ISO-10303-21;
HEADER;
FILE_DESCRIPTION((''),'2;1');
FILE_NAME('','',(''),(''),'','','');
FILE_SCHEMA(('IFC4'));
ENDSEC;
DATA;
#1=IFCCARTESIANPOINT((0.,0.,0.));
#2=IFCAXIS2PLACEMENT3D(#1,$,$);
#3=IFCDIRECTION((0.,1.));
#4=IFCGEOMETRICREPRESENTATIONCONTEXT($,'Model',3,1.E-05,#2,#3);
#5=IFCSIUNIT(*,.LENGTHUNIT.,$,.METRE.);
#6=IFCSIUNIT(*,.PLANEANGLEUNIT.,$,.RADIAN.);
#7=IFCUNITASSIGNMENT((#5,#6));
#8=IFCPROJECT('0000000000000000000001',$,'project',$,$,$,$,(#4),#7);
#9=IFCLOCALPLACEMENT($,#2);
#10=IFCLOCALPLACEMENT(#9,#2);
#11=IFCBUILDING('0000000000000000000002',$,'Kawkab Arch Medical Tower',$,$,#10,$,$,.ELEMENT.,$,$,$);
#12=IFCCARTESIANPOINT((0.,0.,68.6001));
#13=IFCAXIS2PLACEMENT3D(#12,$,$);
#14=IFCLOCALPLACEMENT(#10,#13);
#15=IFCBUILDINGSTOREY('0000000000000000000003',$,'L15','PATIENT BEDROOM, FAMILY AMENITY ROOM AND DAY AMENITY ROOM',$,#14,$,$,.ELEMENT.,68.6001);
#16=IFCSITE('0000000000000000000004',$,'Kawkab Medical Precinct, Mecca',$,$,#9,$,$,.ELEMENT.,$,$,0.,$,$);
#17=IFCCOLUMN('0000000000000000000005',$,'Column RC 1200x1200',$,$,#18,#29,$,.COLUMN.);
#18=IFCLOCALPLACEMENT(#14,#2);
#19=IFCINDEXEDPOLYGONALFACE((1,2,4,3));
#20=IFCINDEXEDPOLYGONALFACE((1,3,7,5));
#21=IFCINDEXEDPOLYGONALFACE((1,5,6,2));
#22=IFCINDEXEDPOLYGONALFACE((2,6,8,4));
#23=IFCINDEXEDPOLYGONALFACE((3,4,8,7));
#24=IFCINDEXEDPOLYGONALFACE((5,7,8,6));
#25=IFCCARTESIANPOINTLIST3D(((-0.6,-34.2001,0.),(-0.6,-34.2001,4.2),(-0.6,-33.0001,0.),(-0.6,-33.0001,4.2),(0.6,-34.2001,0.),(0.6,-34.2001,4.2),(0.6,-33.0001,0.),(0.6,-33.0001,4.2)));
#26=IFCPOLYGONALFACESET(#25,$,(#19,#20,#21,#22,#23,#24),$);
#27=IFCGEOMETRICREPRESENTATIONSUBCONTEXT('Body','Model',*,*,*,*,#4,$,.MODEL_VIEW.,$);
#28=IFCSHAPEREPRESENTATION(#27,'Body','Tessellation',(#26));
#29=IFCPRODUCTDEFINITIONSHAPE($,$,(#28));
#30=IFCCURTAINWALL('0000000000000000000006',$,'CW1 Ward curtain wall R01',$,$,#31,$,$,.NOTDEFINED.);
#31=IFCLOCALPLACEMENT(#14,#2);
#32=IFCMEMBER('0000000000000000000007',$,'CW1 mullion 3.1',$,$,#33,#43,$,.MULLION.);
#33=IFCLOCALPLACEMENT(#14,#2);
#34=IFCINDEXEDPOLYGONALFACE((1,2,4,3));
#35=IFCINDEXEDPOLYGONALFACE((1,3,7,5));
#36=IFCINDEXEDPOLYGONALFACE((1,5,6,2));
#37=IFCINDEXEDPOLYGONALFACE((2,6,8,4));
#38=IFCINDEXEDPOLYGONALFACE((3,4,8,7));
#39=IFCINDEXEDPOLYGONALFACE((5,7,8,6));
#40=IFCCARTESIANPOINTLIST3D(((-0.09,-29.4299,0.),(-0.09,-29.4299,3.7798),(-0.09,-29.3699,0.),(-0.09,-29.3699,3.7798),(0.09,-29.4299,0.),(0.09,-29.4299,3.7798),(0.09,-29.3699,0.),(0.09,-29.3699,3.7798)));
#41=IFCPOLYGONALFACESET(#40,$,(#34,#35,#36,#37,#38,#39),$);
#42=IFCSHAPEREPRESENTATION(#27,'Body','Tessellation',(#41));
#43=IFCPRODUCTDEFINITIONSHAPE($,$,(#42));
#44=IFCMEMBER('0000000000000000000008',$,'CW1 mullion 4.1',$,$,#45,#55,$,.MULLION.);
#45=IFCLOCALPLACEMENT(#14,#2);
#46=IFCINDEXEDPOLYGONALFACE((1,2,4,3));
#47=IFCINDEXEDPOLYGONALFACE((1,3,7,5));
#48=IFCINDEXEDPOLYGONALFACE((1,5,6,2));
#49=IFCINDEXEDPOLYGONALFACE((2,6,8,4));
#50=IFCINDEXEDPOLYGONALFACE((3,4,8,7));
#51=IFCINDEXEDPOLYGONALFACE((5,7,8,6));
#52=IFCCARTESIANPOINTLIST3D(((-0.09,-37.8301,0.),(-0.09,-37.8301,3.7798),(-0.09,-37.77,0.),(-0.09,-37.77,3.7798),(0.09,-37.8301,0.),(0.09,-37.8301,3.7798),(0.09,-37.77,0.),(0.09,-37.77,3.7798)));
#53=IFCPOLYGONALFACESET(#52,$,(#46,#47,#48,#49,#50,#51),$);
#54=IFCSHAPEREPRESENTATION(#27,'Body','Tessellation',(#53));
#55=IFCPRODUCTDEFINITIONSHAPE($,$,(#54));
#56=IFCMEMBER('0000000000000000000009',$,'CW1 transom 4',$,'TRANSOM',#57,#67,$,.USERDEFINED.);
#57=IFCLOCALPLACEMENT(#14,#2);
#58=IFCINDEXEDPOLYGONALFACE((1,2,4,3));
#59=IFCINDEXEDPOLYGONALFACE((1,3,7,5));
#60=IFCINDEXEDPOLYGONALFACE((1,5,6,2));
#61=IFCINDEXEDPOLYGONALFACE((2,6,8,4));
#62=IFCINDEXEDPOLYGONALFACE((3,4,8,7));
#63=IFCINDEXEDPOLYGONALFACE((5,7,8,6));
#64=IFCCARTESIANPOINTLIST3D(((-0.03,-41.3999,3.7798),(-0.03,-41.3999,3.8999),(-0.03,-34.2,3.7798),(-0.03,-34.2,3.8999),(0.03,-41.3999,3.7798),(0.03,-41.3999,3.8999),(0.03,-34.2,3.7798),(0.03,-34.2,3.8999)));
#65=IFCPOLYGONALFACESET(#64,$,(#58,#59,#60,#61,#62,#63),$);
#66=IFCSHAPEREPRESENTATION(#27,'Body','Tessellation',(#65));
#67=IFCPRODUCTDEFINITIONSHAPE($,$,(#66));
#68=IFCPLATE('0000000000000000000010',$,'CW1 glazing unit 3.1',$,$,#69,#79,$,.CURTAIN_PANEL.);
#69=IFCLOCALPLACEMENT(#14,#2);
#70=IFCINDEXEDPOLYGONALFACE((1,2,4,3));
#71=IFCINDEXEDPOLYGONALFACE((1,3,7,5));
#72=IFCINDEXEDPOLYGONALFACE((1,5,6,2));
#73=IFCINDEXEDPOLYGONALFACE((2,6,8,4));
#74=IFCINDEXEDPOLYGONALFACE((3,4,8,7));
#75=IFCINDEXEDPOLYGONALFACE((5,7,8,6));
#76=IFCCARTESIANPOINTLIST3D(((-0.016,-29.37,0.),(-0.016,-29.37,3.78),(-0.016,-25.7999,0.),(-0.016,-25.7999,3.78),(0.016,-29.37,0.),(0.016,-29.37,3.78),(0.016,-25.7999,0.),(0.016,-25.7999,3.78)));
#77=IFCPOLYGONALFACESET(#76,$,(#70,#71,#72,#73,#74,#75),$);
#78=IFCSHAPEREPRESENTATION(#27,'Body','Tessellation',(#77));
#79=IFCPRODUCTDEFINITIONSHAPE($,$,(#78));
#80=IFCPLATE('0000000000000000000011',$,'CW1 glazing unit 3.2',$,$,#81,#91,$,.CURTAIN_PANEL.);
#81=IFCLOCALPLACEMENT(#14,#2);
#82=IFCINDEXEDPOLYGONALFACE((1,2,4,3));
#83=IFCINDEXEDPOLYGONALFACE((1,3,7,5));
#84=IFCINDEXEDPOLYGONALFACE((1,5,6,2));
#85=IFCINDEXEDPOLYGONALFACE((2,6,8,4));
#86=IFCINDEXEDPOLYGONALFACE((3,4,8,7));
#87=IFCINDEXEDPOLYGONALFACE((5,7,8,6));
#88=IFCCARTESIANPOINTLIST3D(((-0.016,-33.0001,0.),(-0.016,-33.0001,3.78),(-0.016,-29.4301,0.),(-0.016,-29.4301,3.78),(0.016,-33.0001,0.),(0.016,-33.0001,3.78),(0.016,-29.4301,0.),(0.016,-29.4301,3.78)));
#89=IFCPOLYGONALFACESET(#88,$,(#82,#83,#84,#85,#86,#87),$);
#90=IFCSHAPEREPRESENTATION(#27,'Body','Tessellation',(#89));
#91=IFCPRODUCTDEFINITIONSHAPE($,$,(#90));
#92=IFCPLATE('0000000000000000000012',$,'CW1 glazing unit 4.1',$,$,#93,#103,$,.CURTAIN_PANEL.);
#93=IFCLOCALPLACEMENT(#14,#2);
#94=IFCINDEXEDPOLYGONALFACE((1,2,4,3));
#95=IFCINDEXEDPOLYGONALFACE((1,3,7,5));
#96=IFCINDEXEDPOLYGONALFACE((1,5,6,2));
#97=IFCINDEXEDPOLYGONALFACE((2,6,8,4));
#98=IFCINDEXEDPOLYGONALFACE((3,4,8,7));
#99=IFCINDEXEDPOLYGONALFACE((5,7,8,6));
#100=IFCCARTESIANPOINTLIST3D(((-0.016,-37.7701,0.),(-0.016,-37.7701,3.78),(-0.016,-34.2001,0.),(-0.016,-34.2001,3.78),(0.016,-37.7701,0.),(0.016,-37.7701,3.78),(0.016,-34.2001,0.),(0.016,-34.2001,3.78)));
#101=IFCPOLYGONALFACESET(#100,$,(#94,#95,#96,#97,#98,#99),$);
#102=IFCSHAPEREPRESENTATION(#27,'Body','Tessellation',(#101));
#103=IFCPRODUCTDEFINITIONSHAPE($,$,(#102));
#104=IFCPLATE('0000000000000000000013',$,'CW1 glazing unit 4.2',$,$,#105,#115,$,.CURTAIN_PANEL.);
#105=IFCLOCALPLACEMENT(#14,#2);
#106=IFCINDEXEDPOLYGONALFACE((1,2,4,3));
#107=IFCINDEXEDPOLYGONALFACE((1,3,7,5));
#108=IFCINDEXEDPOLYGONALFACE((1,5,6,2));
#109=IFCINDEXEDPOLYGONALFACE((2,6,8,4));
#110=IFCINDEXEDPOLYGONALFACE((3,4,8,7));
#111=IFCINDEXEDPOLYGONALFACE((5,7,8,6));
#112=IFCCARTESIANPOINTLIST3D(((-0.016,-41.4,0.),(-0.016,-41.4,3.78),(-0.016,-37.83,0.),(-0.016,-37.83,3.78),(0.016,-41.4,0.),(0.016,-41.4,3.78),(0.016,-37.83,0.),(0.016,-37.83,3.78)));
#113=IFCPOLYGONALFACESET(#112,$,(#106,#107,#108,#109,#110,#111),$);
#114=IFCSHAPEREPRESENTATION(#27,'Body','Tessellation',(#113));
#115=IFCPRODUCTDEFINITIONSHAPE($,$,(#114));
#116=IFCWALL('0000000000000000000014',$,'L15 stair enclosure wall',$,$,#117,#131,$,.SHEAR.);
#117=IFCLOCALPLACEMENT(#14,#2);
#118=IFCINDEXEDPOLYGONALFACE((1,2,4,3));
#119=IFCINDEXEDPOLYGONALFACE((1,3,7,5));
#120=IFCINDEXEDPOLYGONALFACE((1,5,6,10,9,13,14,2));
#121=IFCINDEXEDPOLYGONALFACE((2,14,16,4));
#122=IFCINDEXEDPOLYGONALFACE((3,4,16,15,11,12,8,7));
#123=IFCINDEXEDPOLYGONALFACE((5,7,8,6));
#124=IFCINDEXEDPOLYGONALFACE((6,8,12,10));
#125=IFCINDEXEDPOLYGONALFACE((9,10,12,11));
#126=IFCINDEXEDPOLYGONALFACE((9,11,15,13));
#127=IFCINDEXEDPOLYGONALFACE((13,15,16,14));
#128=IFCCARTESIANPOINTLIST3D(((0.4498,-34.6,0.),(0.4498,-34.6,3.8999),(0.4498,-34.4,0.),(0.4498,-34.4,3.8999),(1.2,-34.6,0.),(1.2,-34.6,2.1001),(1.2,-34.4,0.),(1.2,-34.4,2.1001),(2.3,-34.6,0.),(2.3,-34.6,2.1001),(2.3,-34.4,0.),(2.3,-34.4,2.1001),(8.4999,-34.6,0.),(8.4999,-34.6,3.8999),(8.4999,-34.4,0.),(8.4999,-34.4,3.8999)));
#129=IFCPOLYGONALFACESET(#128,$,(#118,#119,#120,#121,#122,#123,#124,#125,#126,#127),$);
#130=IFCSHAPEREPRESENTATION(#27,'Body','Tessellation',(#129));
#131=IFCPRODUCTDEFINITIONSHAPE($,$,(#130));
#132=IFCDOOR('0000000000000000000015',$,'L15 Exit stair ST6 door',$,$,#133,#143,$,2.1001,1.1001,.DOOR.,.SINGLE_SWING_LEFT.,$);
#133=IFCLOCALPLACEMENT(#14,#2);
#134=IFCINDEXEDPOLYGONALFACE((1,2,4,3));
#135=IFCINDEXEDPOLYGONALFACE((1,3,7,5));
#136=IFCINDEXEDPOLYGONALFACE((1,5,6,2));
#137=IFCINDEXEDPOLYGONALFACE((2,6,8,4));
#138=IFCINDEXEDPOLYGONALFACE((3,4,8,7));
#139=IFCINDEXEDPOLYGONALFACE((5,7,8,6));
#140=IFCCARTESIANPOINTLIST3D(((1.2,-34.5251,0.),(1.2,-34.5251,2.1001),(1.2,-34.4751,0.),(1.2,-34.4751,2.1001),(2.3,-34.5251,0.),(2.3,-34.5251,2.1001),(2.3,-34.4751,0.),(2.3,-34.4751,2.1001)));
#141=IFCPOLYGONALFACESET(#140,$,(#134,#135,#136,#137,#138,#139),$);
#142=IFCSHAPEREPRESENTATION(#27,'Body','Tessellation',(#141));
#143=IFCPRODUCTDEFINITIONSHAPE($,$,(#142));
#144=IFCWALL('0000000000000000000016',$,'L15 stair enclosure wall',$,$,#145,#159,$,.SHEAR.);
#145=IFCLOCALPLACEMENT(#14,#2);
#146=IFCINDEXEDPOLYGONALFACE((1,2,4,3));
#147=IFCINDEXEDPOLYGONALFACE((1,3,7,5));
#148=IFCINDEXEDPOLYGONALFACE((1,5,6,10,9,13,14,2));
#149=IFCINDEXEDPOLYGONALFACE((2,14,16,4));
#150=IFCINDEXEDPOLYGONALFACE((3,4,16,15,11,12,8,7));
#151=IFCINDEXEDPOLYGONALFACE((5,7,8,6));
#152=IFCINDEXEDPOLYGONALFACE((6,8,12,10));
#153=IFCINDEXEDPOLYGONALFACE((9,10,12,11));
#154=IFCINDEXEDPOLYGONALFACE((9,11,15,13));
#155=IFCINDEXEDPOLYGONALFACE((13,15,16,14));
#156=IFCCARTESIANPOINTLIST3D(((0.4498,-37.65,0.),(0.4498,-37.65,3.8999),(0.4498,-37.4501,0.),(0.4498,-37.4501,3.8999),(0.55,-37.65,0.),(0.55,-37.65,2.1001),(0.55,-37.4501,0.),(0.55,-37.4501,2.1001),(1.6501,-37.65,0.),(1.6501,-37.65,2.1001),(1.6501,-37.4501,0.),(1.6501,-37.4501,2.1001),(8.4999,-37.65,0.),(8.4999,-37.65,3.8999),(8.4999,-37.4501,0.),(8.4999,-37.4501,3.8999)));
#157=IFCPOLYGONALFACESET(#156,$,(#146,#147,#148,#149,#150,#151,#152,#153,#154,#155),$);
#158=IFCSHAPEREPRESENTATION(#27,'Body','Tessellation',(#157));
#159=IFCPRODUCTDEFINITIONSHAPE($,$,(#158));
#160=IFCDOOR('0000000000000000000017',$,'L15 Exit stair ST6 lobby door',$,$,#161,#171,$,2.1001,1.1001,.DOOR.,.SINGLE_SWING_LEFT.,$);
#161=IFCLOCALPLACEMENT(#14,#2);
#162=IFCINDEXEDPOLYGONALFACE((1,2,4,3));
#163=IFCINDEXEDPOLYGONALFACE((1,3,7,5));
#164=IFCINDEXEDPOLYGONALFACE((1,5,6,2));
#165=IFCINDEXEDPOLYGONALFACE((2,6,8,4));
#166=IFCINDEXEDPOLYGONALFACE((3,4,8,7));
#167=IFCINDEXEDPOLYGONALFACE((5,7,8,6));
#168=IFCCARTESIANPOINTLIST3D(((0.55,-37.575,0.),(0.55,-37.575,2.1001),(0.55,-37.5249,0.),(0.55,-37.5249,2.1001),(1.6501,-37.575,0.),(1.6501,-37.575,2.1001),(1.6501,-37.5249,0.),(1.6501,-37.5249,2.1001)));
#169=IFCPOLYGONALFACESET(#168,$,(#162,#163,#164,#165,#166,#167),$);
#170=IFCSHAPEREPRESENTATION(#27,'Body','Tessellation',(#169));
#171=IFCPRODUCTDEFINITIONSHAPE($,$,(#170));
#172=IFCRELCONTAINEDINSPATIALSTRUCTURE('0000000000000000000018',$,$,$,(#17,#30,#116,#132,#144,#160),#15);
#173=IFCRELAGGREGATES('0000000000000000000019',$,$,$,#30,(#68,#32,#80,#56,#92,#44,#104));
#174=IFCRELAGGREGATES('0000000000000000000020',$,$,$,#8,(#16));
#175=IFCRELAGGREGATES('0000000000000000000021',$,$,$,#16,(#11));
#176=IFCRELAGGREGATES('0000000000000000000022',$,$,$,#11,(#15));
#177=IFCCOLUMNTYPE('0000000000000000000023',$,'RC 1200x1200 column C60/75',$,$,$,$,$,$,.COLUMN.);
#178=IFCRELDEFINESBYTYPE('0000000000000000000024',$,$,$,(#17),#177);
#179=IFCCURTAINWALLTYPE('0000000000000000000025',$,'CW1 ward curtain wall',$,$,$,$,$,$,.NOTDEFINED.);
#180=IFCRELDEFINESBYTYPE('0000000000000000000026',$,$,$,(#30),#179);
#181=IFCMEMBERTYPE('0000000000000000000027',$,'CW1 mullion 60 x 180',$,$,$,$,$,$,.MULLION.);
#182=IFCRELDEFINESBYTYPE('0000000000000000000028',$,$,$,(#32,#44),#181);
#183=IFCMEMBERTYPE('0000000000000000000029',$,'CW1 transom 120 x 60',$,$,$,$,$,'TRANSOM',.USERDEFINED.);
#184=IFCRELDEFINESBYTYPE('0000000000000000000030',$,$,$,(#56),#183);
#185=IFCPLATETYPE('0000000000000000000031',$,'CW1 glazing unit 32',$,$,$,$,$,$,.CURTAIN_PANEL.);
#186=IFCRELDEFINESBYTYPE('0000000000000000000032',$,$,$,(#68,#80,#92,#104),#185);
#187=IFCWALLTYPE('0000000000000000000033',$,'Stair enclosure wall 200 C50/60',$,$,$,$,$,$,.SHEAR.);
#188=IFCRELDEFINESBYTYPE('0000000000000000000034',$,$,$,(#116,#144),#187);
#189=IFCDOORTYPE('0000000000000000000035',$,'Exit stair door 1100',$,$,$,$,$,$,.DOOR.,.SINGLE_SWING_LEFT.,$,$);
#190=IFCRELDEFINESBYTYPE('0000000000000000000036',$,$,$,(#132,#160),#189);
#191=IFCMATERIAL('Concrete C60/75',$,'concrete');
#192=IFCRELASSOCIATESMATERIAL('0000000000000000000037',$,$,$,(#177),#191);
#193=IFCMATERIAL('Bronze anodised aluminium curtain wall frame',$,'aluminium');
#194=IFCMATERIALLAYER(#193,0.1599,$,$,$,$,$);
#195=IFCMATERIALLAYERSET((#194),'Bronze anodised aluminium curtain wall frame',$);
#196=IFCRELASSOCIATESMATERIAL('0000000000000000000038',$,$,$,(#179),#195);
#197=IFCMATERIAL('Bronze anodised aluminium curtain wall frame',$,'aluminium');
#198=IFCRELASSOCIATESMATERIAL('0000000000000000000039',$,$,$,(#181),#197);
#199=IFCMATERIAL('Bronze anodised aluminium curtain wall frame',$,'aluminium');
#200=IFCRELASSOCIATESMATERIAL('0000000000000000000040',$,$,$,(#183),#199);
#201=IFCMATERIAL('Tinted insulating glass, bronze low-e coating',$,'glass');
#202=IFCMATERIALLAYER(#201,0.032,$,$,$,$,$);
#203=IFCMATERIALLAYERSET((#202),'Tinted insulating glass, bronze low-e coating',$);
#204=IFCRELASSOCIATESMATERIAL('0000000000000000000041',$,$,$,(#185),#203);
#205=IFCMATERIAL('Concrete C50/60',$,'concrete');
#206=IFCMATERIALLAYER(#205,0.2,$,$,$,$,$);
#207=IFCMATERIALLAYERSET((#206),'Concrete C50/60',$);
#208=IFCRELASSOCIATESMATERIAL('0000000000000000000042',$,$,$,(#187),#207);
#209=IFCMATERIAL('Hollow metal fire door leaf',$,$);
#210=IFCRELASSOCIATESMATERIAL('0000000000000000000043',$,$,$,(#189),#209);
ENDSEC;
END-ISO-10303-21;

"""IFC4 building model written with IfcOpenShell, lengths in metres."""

from ifc_helpers import new_model, si_unit, direction, frame, frame_2d, origin, origin_2d, place, context, subcontext, project, spatial, rectangle, extrude, material, layer, layer_set, material_profile, profile_set, type_object, element, fill, aggregate, save


model = new_model("IFC4")

# Units and contexts
model_context = context("Model", 3, precision=1e-05, world=origin(), true_north=direction((0.0, 1.0)))
body_context = subcontext(model_context, "Body", "Model", "MODEL_VIEW")
ifc_project = project(units=[si_unit("LENGTHUNIT", "METRE"), si_unit("PLANEANGLEUNIT", "RADIAN")], contexts=[model_context])

# Site, building, storey
site_placement = place(None, origin())
site = spatial("IfcSite", under=ifc_project, at=site_placement, Name="Kawkab Medical Precinct, Mecca", CompositionType="ELEMENT", RefElevation=0.0)
building_placement = place(site_placement, origin())
building = spatial("IfcBuilding", under=site, at=building_placement, Name="Kawkab Arch Medical Tower", CompositionType="ELEMENT")
storey_placement = place(building_placement, frame((0.0, 0.0, 68.6001)))
storey = spatial("IfcBuildingStorey", under=building, at=storey_placement, Name="L15", Description="PATIENT BEDROOM, FAMILY AMENITY ROOM AND DAY AMENITY ROOM", CompositionType="ELEMENT", Elevation=68.6001)

# Column
ifc_material_1 = material(Name="Concrete C60/75", Category="concrete")
ifc_material_profile_1 = material_profile(ifc_material_1, rectangle(XDim=1.2, YDim=1.2, at=origin_2d()), Name="RC 1200x1200")
ifc_profile_set_1 = profile_set([ifc_material_profile_1], Name="Concrete C60/75")
column_type = type_object("IfcColumnType", Name="RC 1200x1200 column C60/75", PredefinedType="COLUMN", material=ifc_profile_set_1)
column_placement = place(storey_placement, frame((0.0, -33.6001, 0.0), z_axis=(0.0, 0.0, 1.0), x_axis=(1.0, 0.0, 0.0)))
element("IfcColumn", 1, at=column_placement, inside=storey, type_object=column_type, Name="Column RC 1200x1200", PredefinedType="COLUMN", context=body_context, shape_type="SweptSolid", body=[
    extrude(rectangle(XDim=1.2, YDim=1.2, at=origin_2d()), origin(), (0.0, 0.0, 1.0), 4.2),
])

# Curtain wall, members, plates
ifc_material_2 = material(Name="Bronze anodised aluminium curtain wall frame", Category="aluminium")
ifc_layer_1 = layer(ifc_material_2, 0.1599)
ifc_layer_set_1 = layer_set([ifc_layer_1], Name="Bronze anodised aluminium curtain wall frame")
curtain_wall_type = type_object("IfcCurtainWallType", Name="CW1 ward curtain wall", PredefinedType="NOTDEFINED", material=ifc_layer_set_1)
curtain_wall_placement = place(storey_placement, origin())
curtain_wall = element("IfcCurtainWall", 2, at=curtain_wall_placement, inside=storey, type_object=curtain_wall_type, Name="CW1 Ward curtain wall R01", PredefinedType="NOTDEFINED")
ifc_material_3 = material(Name="Bronze anodised aluminium curtain wall frame", Category="aluminium")
ifc_material_profile_2 = material_profile(ifc_material_3, rectangle(XDim=0.1799, YDim=0.0601, at=origin_2d()), Name="AL 60x180")
ifc_profile_set_2 = profile_set([ifc_material_profile_2], Name="Bronze anodised aluminium curtain wall frame")
member_type_1 = type_object("IfcMemberType", Name="CW1 mullion 60 x 180", PredefinedType="MULLION", material=ifc_profile_set_2)
member_1_placement = place(storey_placement, frame((0.0, -29.3999, 0.0), z_axis=(0.0, 0.0, 1.0), x_axis=(1.0, 0.0, 0.0)))
member_1 = element("IfcMember", 3, at=member_1_placement, type_object=member_type_1, Name="CW1 mullion 3.1", PredefinedType="MULLION", context=body_context, shape_type="SweptSolid", body=[
    extrude(rectangle(XDim=0.1799, YDim=0.0601, at=origin_2d()), origin(), (0.0, 0.0, 1.0), 3.7798),
])
member_2_placement = place(storey_placement, frame((0.0, -37.8, 0.0), z_axis=(0.0, 0.0, 1.0), x_axis=(1.0, 0.0, 0.0)))
member_2 = element("IfcMember", 4, at=member_2_placement, type_object=member_type_1, Name="CW1 mullion 4.1", PredefinedType="MULLION", context=body_context, shape_type="SweptSolid", body=[
    extrude(rectangle(XDim=0.1799, YDim=0.0601, at=origin_2d()), origin(), (0.0, 0.0, 1.0), 3.7798),
])
ifc_material_4 = material(Name="Bronze anodised aluminium curtain wall frame", Category="aluminium")
ifc_material_profile_3 = material_profile(ifc_material_4, rectangle(XDim=0.0601, YDim=0.1201, at=origin_2d()), Name="AL 60x120")
ifc_profile_set_3 = profile_set([ifc_material_profile_3], Name="Bronze anodised aluminium curtain wall frame")
member_type_2 = type_object("IfcMemberType", Name="CW1 transom 120 x 60", ElementType="TRANSOM", PredefinedType="USERDEFINED", material=ifc_profile_set_3)
member_3_placement = place(storey_placement, frame((0.0, -34.2, 3.8398), z_axis=(0.0, -1.0, 0.0), x_axis=(1.0, 0.0, 0.0)))
member_3 = element("IfcMember", 5, at=member_3_placement, type_object=member_type_2, Name="CW1 transom 4", ObjectType="TRANSOM", PredefinedType="USERDEFINED", context=body_context, shape_type="SweptSolid", body=[
    extrude(rectangle(XDim=0.0601, YDim=0.1201, at=origin_2d()), origin(), (0.0, 0.0, 1.0), 7.2),
])
ifc_material_5 = material(Name="Tinted insulating glass, bronze low-e coating", Category="glass")
ifc_layer_2 = layer(ifc_material_5, 0.032)
ifc_layer_set_2 = layer_set([ifc_layer_2], Name="Tinted insulating glass, bronze low-e coating")
plate_type = type_object("IfcPlateType", Name="CW1 glazing unit 32", PredefinedType="CURTAIN_PANEL", material=ifc_layer_set_2)
plate_1_placement = place(storey_placement, frame((0.0, -27.585, 0.0), z_axis=(0.0, 0.0, 1.0), x_axis=(0.0, -1.0, 0.0)))
plate_1 = element("IfcPlate", 6, at=plate_1_placement, type_object=plate_type, Name="CW1 glazing unit 3.1", PredefinedType="CURTAIN_PANEL", context=body_context, shape_type="SweptSolid", body=[
    extrude(rectangle(XDim=3.5701, YDim=0.032, at=origin_2d()), origin(), (0.0, 0.0, 1.0), 3.78),
])
plate_2_placement = place(storey_placement, frame((0.0, -31.2151, 0.0), z_axis=(0.0, 0.0, 1.0), x_axis=(0.0, -1.0, 0.0)))
plate_2 = element("IfcPlate", 7, at=plate_2_placement, type_object=plate_type, Name="CW1 glazing unit 3.2", PredefinedType="CURTAIN_PANEL", context=body_context, shape_type="SweptSolid", body=[
    extrude(rectangle(XDim=3.5701, YDim=0.032, at=origin_2d()), origin(), (0.0, 0.0, 1.0), 3.78),
])
plate_3_placement = place(storey_placement, frame((0.0, -35.9851, 0.0), z_axis=(0.0, 0.0, 1.0), x_axis=(0.0, -1.0, 0.0)))
plate_3 = element("IfcPlate", 8, at=plate_3_placement, type_object=plate_type, Name="CW1 glazing unit 4.1", PredefinedType="CURTAIN_PANEL", context=body_context, shape_type="SweptSolid", body=[
    extrude(rectangle(XDim=3.5701, YDim=0.032, at=origin_2d()), origin(), (0.0, 0.0, 1.0), 3.78),
])
plate_4_placement = place(storey_placement, frame((0.0, -39.615, 0.0), z_axis=(0.0, 0.0, 1.0), x_axis=(0.0, -1.0, 0.0)))
plate_4 = element("IfcPlate", 9, at=plate_4_placement, type_object=plate_type, Name="CW1 glazing unit 4.2", PredefinedType="CURTAIN_PANEL", context=body_context, shape_type="SweptSolid", body=[
    extrude(rectangle(XDim=3.5701, YDim=0.032, at=origin_2d()), origin(), (0.0, 0.0, 1.0), 3.78),
])
aggregate(curtain_wall, [plate_1, member_1, plate_2, member_3, plate_3, member_2, plate_4])

# Walls, openings, doors
ifc_material_6 = material(Name="Concrete C50/60", Category="concrete")
ifc_layer_3 = layer(ifc_material_6, 0.2)
ifc_layer_set_3 = layer_set([ifc_layer_3], Name="Concrete C50/60")
wall_type = type_object("IfcWallType", Name="Stair enclosure wall 200 C50/60", PredefinedType="SHEAR", material=ifc_layer_set_3)
wall_1_placement = place(storey_placement, frame((0.45, -34.5, 0.0), z_axis=(0.0, 0.0, 1.0), x_axis=(1.0, 0.0, 0.0)))
wall_1 = element("IfcWall", 10, at=wall_1_placement, inside=storey, type_object=wall_type, Name="L15 stair enclosure wall", PredefinedType="SHEAR", context=body_context, shape_type="SweptSolid", body=[
    extrude(rectangle(XDim=8.05, YDim=0.2, at=frame_2d((4.0249, 0.0))), origin(), (0.0, 0.0, 1.0), 3.8999),
])
opening_1_placement = place(wall_1_placement, frame((0.75, 0.0, 0.0)))
opening_1 = element("IfcOpeningElement", 11, at=opening_1_placement, cuts=wall_1, PredefinedType="OPENING", context=body_context, shape_type="SweptSolid", body=[
    extrude(rectangle(XDim=1.1001, YDim=2.1001, at=frame_2d((0.55, 1.05))), frame((0.0, 0.1099, 0.0), z_axis=(0.0, -1.0, 0.0), x_axis=(1.0, 0.0, 0.0)), (0.0, 0.0, 1.0), 0.22),
])
ifc_material_7 = material(Name="Hollow metal fire door leaf")
door_type_1 = type_object("IfcDoorType", Name="Exit stair door 1100", OperationType="SINGLE_SWING_LEFT", PredefinedType="DOOR", material=ifc_material_7)
door_1_placement = place(opening_1_placement, origin())
door_1 = element("IfcDoor", 12, at=door_1_placement, inside=storey, type_object=door_type_1, Name="L15 Exit stair ST6 door", OperationType="SINGLE_SWING_LEFT", OverallHeight=2.1001, OverallWidth=1.1001, PredefinedType="DOOR", context=body_context, shape_type="SweptSolid", body=[
    extrude(rectangle(XDim=1.1001, YDim=2.1001, at=frame_2d((0.55, 1.05))), frame((0.0, 0.0249, 0.0), z_axis=(0.0, -1.0, 0.0), x_axis=(1.0, 0.0, 0.0)), (0.0, 0.0, 1.0), 0.05),
])
fill(opening_1, door_1)
wall_2_placement = place(storey_placement, frame((0.45, -37.55, 0.0), z_axis=(0.0, 0.0, 1.0), x_axis=(1.0, 0.0, 0.0)))
wall_2 = element("IfcWall", 13, at=wall_2_placement, inside=storey, type_object=wall_type, Name="L15 stair enclosure wall", PredefinedType="SHEAR", context=body_context, shape_type="SweptSolid", body=[
    extrude(rectangle(XDim=8.05, YDim=0.2, at=frame_2d((4.0249, 0.0))), origin(), (0.0, 0.0, 1.0), 3.8999),
])
opening_2_placement = place(wall_2_placement, frame((0.1001, 0.0, 0.0)))
opening_2 = element("IfcOpeningElement", 14, at=opening_2_placement, cuts=wall_2, PredefinedType="OPENING", context=body_context, shape_type="SweptSolid", body=[
    extrude(rectangle(XDim=1.1001, YDim=2.1001, at=frame_2d((0.55, 1.05))), frame((0.0, 0.1099, 0.0), z_axis=(0.0, -1.0, 0.0), x_axis=(1.0, 0.0, 0.0)), (0.0, 0.0, 1.0), 0.22),
])
door_2_placement = place(opening_2_placement, frame((1.1001, 0.0, 0.0), z_axis=(0.0, 0.0, 1.0), x_axis=(-1.0, 0.0, 0.0)))
door_2 = element("IfcDoor", 15, at=door_2_placement, inside=storey, type_object=door_type_1, Name="L15 Exit stair ST6 lobby door", OperationType="SINGLE_SWING_LEFT", OverallHeight=2.1001, OverallWidth=1.1001, PredefinedType="DOOR", context=body_context, shape_type="SweptSolid", body=[
    extrude(rectangle(XDim=1.1001, YDim=2.1001, at=frame_2d((0.55, 1.05))), frame((0.0, 0.0249, 0.0), z_axis=(0.0, -1.0, 0.0), x_axis=(1.0, 0.0, 0.0)), (0.0, 0.0, 1.0), 0.05),
])
fill(opening_2, door_2)

save(model, "model.ifc")
